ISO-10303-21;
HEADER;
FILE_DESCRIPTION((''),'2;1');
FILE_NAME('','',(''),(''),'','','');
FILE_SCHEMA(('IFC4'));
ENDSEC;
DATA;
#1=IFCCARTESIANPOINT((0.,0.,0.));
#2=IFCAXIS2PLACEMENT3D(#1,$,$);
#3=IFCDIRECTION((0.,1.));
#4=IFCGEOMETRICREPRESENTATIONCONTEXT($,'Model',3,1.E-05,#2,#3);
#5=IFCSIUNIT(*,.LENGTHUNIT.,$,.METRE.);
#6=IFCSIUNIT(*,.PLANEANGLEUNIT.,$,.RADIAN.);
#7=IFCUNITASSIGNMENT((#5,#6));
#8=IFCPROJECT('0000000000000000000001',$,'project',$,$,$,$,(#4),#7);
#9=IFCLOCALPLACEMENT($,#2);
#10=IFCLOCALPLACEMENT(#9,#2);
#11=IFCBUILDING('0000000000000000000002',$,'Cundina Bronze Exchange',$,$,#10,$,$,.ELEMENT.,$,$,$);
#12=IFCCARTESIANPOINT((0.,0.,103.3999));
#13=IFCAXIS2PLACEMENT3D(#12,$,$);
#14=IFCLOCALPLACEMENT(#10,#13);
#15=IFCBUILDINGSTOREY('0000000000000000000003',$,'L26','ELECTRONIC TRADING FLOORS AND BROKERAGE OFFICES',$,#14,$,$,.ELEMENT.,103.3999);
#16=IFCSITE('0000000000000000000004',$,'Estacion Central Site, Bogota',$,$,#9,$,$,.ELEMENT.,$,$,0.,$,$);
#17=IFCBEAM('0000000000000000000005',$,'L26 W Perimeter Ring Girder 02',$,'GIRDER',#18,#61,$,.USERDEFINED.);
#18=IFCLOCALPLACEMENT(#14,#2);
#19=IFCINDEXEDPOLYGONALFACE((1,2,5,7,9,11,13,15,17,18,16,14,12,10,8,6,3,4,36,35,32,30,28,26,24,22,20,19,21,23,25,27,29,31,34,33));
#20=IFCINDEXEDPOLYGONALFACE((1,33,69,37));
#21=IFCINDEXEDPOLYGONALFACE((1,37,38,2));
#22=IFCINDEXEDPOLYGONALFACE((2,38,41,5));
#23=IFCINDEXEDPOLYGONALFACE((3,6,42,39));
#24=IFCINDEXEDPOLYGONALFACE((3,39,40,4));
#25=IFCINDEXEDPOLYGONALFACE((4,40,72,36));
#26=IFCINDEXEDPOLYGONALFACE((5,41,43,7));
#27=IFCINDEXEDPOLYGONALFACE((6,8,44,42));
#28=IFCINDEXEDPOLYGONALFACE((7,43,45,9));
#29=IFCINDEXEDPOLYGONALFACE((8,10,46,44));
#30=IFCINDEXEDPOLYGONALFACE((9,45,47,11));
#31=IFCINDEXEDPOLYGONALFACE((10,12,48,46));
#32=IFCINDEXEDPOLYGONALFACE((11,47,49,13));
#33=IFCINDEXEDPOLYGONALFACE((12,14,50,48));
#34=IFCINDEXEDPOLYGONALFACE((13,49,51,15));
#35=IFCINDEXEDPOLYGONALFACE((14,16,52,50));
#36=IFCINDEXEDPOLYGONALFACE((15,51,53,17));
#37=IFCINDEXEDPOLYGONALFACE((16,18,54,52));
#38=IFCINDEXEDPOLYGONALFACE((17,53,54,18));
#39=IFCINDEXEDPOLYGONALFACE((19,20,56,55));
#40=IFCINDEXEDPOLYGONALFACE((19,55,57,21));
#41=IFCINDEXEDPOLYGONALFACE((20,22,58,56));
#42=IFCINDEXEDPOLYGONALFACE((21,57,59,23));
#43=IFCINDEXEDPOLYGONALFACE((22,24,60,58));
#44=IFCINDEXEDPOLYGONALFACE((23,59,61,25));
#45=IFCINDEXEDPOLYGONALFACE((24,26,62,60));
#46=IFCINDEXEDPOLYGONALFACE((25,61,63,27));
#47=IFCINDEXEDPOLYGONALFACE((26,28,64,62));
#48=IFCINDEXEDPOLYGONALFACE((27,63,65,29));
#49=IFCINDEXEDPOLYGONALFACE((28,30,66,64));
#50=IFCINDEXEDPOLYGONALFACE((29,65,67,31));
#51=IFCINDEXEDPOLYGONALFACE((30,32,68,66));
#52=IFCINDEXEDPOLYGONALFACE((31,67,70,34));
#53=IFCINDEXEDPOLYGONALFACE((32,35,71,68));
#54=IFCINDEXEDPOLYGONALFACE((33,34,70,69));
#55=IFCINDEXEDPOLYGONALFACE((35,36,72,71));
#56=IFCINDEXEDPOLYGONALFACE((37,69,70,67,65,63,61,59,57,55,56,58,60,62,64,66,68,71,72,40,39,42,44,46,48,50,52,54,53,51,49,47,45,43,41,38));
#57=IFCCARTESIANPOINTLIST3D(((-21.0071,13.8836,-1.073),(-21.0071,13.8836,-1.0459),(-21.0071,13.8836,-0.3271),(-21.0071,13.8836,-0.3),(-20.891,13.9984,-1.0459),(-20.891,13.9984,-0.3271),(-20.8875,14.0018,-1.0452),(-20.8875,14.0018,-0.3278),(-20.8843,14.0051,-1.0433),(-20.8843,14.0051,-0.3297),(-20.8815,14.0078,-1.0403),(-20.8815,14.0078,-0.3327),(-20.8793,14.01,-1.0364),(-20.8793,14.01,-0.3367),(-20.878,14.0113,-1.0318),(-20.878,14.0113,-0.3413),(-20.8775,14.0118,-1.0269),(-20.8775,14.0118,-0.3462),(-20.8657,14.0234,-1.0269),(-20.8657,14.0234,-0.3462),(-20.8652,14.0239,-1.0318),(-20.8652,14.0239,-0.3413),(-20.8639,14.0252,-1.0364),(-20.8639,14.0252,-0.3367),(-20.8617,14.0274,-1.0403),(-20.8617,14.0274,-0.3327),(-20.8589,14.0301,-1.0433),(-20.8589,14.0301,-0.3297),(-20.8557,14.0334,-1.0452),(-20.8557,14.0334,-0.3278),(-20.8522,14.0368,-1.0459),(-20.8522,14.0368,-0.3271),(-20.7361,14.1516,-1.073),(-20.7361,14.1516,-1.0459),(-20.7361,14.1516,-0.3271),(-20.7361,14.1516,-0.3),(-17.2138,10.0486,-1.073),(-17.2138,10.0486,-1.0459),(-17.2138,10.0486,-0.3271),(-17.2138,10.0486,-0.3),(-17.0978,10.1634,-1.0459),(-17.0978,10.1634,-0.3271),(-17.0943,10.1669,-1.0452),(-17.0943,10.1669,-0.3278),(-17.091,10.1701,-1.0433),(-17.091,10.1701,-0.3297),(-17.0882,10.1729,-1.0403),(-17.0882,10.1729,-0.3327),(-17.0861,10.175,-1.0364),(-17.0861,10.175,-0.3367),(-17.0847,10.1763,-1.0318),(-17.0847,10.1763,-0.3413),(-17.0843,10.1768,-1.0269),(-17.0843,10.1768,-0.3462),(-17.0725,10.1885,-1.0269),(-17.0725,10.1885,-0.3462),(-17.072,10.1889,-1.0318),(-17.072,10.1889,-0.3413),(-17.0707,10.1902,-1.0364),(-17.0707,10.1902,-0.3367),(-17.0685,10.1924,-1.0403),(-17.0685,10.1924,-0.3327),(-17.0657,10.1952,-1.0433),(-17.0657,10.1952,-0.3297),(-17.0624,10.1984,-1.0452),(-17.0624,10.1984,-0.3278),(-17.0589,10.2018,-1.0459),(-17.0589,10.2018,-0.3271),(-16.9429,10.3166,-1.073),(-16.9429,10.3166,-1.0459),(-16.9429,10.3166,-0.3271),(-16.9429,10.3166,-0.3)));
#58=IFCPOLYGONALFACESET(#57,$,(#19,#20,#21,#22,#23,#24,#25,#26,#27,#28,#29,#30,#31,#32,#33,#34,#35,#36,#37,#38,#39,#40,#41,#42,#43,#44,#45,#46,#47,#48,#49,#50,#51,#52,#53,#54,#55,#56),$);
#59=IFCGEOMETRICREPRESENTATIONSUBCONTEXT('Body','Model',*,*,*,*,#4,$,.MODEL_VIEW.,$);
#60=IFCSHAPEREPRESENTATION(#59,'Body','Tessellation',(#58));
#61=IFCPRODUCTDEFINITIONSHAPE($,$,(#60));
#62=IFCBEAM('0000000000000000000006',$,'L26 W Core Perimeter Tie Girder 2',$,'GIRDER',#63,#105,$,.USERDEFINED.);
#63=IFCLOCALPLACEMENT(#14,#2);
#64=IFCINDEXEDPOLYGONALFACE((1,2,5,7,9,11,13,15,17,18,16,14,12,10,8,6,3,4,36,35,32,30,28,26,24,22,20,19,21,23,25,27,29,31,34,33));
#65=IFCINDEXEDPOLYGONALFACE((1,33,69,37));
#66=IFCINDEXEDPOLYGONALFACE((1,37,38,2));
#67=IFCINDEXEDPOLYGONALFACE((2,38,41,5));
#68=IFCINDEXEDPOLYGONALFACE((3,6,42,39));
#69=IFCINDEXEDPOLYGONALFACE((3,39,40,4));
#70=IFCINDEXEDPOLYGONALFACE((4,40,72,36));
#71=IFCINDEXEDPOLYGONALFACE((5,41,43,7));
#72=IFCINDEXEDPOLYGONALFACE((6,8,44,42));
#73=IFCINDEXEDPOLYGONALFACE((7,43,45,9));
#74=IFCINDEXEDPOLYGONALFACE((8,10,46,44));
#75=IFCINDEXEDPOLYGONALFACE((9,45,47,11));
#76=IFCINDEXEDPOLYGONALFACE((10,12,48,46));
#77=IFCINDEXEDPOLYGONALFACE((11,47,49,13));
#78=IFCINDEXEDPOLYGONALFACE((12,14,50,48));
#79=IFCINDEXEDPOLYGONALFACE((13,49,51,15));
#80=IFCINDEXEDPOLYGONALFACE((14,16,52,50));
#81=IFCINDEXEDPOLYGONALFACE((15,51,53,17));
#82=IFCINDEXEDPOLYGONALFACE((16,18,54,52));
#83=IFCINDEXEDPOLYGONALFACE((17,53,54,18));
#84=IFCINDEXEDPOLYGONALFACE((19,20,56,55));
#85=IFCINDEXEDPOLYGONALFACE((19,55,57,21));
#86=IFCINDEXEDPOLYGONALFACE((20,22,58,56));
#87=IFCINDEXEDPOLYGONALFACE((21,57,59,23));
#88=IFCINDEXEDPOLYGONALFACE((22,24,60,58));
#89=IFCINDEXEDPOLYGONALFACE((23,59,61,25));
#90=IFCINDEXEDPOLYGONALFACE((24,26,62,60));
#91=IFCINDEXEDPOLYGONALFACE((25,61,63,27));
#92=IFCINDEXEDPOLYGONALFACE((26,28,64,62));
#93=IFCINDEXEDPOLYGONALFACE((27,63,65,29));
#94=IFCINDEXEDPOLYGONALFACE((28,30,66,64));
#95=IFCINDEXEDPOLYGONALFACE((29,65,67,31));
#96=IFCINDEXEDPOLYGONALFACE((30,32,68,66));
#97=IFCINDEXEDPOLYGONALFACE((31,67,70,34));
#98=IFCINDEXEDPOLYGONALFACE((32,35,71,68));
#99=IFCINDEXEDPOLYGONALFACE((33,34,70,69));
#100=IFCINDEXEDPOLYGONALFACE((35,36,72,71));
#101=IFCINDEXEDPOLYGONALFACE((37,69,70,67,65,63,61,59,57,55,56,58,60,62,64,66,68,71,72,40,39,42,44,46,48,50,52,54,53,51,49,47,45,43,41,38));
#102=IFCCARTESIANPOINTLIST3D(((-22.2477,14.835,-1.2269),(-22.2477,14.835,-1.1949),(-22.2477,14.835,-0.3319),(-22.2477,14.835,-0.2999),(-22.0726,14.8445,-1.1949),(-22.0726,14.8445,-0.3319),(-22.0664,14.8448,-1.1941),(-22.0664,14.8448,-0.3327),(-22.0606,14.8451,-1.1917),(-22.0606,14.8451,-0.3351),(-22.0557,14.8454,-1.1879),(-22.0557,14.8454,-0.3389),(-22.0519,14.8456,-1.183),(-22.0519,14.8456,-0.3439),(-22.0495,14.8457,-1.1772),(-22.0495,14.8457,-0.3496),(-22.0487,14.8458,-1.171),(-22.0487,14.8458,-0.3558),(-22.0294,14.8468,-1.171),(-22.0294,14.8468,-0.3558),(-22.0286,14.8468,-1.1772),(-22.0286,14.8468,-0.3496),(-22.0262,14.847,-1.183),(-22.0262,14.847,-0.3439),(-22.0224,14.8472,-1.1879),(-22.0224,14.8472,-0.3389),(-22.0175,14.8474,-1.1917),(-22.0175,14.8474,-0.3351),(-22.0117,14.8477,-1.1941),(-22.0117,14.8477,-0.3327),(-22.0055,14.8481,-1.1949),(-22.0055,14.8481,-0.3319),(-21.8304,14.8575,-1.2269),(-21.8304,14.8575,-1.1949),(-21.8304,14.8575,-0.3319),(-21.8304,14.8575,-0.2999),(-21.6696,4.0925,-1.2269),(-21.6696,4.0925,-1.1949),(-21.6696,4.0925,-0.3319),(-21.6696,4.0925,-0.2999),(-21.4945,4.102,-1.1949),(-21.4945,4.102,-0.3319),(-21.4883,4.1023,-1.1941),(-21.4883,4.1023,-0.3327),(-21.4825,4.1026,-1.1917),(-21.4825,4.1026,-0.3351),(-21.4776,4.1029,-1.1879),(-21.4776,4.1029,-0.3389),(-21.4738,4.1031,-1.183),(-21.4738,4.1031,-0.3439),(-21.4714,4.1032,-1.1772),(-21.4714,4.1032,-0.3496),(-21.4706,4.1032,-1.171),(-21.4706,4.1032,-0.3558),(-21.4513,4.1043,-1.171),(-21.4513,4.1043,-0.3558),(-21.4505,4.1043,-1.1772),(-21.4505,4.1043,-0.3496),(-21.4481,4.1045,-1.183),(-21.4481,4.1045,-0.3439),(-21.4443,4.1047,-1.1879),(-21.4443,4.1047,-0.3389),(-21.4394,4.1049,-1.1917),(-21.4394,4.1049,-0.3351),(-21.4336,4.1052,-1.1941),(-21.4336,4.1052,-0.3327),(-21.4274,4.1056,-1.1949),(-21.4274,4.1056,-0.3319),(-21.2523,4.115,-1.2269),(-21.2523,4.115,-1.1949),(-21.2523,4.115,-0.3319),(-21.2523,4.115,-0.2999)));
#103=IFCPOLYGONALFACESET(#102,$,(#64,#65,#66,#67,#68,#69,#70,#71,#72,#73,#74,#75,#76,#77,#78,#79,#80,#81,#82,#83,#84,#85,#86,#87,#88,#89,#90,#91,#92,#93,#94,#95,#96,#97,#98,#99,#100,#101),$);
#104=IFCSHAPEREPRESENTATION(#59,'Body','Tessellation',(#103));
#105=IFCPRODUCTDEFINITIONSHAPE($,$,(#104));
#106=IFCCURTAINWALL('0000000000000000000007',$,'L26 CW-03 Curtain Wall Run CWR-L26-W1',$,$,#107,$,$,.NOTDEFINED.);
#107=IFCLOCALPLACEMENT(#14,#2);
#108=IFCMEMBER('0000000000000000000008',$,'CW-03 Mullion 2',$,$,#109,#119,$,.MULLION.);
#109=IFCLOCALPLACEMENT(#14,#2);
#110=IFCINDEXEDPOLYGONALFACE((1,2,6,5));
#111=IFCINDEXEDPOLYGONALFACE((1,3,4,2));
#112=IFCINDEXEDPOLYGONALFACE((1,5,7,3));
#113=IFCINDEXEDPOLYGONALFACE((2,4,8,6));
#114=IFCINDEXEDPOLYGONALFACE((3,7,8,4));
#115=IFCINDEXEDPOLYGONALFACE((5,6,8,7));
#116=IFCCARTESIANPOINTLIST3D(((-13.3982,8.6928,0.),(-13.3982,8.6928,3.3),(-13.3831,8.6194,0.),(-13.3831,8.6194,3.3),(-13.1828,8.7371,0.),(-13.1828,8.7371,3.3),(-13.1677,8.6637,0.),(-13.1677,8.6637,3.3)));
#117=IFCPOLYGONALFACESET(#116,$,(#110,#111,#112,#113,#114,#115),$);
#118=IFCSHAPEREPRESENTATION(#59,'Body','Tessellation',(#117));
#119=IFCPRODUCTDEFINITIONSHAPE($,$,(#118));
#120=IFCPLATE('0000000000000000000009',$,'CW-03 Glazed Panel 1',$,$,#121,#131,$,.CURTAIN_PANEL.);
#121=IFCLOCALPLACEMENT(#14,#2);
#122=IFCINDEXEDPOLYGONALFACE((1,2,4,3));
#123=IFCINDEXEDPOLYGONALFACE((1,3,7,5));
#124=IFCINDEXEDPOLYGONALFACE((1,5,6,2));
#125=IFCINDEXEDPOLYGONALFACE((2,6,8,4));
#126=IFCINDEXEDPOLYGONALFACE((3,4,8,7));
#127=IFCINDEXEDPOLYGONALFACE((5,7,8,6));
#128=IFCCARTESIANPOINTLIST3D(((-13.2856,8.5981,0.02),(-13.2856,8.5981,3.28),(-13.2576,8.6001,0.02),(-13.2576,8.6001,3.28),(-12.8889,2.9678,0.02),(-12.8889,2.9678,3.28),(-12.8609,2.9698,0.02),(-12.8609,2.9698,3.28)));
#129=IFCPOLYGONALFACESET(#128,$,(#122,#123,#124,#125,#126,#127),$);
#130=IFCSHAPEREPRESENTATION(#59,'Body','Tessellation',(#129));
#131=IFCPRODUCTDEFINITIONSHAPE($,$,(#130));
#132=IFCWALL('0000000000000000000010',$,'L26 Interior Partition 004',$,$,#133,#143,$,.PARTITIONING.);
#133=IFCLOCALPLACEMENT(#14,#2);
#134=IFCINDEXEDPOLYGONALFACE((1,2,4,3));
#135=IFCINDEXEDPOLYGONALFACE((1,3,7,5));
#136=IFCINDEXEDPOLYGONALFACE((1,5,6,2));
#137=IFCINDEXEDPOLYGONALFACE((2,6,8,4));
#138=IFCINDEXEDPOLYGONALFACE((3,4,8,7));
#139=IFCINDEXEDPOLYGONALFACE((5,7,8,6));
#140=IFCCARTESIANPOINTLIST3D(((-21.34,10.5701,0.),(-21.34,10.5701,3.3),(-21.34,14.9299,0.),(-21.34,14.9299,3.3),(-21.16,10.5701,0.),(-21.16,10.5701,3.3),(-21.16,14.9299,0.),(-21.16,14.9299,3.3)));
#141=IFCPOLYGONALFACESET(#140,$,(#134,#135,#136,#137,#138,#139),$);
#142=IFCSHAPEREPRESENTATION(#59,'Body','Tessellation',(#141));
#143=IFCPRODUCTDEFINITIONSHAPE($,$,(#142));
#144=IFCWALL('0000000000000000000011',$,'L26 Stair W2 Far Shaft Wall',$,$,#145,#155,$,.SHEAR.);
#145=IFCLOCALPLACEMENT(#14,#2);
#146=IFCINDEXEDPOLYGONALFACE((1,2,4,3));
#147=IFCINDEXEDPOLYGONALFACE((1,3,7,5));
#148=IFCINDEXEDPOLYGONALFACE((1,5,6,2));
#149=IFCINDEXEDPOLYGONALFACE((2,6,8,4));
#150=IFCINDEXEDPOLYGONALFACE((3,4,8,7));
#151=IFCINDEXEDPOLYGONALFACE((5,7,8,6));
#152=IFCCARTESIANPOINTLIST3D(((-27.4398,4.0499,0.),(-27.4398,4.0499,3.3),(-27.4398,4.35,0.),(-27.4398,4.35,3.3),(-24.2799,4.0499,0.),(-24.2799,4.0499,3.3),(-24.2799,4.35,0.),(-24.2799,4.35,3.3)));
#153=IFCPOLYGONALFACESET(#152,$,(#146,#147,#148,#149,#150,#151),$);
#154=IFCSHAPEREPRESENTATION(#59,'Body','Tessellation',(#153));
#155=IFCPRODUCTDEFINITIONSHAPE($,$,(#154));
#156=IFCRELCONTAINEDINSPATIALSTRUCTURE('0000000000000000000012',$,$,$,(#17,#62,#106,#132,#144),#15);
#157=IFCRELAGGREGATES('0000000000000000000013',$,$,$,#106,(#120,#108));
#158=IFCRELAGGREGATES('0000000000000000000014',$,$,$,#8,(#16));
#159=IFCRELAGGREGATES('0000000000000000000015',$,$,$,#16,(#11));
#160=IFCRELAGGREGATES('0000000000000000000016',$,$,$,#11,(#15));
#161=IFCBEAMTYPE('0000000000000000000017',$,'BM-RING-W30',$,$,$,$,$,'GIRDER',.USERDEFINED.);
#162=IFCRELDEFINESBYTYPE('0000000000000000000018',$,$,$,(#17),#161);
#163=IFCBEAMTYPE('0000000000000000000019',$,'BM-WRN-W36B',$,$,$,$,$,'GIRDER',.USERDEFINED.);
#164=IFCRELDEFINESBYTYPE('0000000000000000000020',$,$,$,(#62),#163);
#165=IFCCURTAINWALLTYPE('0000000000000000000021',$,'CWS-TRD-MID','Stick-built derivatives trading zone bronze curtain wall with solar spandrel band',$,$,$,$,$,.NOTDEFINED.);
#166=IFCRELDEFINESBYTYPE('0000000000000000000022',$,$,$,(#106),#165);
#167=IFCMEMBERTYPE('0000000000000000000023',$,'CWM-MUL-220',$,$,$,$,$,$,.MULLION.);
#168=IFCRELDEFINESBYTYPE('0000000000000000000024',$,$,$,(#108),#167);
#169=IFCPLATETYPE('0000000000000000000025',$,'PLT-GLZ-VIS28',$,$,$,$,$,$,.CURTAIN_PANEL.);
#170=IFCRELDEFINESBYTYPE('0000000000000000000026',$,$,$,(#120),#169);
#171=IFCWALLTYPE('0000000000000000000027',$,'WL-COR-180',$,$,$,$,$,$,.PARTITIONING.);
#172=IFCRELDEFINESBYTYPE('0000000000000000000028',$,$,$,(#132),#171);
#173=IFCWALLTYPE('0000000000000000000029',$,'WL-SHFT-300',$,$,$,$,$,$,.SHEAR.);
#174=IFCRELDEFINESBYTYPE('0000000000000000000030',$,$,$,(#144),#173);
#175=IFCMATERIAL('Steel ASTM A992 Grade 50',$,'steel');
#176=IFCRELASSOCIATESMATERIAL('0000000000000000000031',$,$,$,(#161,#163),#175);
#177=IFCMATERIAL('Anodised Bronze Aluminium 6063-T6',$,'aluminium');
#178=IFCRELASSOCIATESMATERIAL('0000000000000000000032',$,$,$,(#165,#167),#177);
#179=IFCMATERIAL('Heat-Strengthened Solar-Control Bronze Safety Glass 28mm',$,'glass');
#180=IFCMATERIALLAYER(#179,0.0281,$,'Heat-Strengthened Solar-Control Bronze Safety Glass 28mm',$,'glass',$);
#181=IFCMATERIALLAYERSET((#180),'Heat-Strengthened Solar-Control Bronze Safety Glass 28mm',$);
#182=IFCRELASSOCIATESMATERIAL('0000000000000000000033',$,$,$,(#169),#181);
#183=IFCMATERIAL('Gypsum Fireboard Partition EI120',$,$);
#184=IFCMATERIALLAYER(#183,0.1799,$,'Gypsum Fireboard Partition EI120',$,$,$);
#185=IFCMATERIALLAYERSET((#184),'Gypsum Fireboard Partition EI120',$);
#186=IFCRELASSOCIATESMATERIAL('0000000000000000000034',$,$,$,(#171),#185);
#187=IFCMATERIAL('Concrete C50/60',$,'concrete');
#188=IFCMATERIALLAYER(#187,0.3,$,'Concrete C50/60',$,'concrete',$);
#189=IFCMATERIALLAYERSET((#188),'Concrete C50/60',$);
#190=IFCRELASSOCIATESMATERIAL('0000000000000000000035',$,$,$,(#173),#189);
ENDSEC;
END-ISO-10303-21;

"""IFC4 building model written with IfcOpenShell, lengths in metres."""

from ifc_helpers import new_model, si_unit, direction, frame, frame_2d, origin, origin_2d, place, context, subcontext, project, spatial, rectangle, i_section, extrude, material, layer, layer_set, material_profile, profile_set, type_object, element, aggregate, save


model = new_model("IFC4")

# Units and contexts
model_context = context("Model", 3, precision=1e-05, world=origin(), true_north=direction((0.0, 1.0)))
body_context = subcontext(model_context, "Body", "Model", "MODEL_VIEW")
ifc_project = project(units=[si_unit("LENGTHUNIT", "METRE"), si_unit("PLANEANGLEUNIT", "RADIAN")], contexts=[model_context])

# Site, building, storey
site_placement = place(None, origin())
site = spatial("IfcSite", under=ifc_project, at=site_placement, Name="Estacion Central Site, Bogota", CompositionType="ELEMENT", RefElevation=0.0)
building_placement = place(site_placement, origin())
building = spatial("IfcBuilding", under=site, at=building_placement, Name="Cundina Bronze Exchange", CompositionType="ELEMENT")
storey_placement = place(building_placement, frame((0.0, 0.0, 103.3999)))
storey = spatial("IfcBuildingStorey", under=building, at=storey_placement, Name="L26", Description="ELECTRONIC TRADING FLOORS AND BROKERAGE OFFICES", CompositionType="ELEMENT", Elevation=103.3999)

# Beams
ifc_material_1 = material(Name="Steel ASTM A992 Grade 50", Category="steel")
ifc_material_profile_1 = material_profile(ifc_material_1, i_section(OverallWidth=0.3811, OverallDepth=0.7729, WebThickness=0.0166, FlangeThickness=0.0271, FilletRadius=0.019, at=origin_2d()), Name="W30X173", Category="steel")
ifc_profile_set_1 = profile_set([ifc_material_profile_1], Name="Steel ASTM A992 Grade 50")
beam_type_1 = type_object("IfcBeamType", Name="BM-RING-W30", ElementType="GIRDER", PredefinedType="USERDEFINED", material=ifc_profile_set_1)
beam_1_placement = place(storey_placement, frame((-17.0784, 10.1826, -0.6865), z_axis=(-0.703226, 0.710966, 0.0), x_axis=(-0.710966, -0.703226, 0.0)))
element("IfcBeam", 1, at=beam_1_placement, inside=storey, type_object=beam_type_1, Name="L26 W Perimeter Ring Girder 02", ObjectType="GIRDER", PredefinedType="USERDEFINED", context=body_context, shape_type="SweptSolid", body=[
    extrude(i_section(OverallWidth=0.3811, OverallDepth=0.7729, WebThickness=0.0166, FlangeThickness=0.0271, FilletRadius=0.019, at=origin_2d()), origin(), (0.0, 0.0, 1.0), 5.394),
])
ifc_material_profile_2 = material_profile(ifc_material_1, i_section(OverallWidth=0.418, OverallDepth=0.927, WebThickness=0.0193, FlangeThickness=0.032, FilletRadius=0.0239, at=origin_2d()), Name="W36X231", Category="steel")
ifc_profile_set_2 = profile_set([ifc_material_profile_2], Name="Steel ASTM A992 Grade 50")
beam_type_2 = type_object("IfcBeamType", Name="BM-WRN-W36B", ElementType="GIRDER", PredefinedType="USERDEFINED", material=ifc_profile_set_2)
beam_2_placement = place(storey_placement, frame((-21.4609, 4.1038, -0.7634), z_axis=(-0.053739, 0.998555, 0.0), x_axis=(-0.998555, -0.053739, 0.0)))
element("IfcBeam", 2, at=beam_2_placement, inside=storey, type_object=beam_type_2, Name="L26 W Core Perimeter Tie Girder 2", ObjectType="GIRDER", PredefinedType="USERDEFINED", context=body_context, shape_type="SweptSolid", body=[
    extrude(i_section(OverallWidth=0.418, OverallDepth=0.927, WebThickness=0.0193, FlangeThickness=0.032, FilletRadius=0.0239, at=origin_2d()), origin(), (0.0, 0.0, 1.0), 10.7581),
])

# Curtain wall, member, plate
ifc_material_2 = material(Name="Anodised Bronze Aluminium 6063-T6", Category="aluminium")
curtain_wall_type = type_object("IfcCurtainWallType", Name="CWS-TRD-MID", Description="Stick-built derivatives trading zone bronze curtain wall with solar spandrel band", PredefinedType="NOTDEFINED", material=ifc_material_2)
curtain_wall_placement = place(storey_placement, origin())
curtain_wall = element("IfcCurtainWall", 3, at=curtain_wall_placement, inside=storey, type_object=curtain_wall_type, Name="L26 CW-03 Curtain Wall Run CWR-L26-W1", PredefinedType="NOTDEFINED")
ifc_material_profile_3 = material_profile(ifc_material_2, rectangle(XDim=0.075, YDim=0.22, at=origin_2d()), Name="AL75X220", Category="aluminium")
ifc_profile_set_3 = profile_set([ifc_material_profile_3], Name="Anodised Bronze Aluminium 6063-T6")
member_type = type_object("IfcMemberType", Name="CWM-MUL-220", PredefinedType="MULLION", material=ifc_profile_set_3)
member_placement = place(storey_placement, frame((-13.283, 8.6782, 0.0), z_axis=(0.0, 0.0, 1.0), x_axis=(-0.20142, 0.979505, 0.0)))
member = element("IfcMember", 4, at=member_placement, type_object=member_type, Name="CW-03 Mullion 2", PredefinedType="MULLION", context=body_context, shape_type="SweptSolid", body=[
    extrude(rectangle(XDim=0.075, YDim=0.22, at=origin_2d()), origin(), (0.0, 0.0, 1.0), 3.3),
])
ifc_material_3 = material(Name="Heat-Strengthened Solar-Control Bronze Safety Glass 28mm", Category="glass")
ifc_layer_1 = layer(ifc_material_3, 0.0281, Name="Heat-Strengthened Solar-Control Bronze Safety Glass 28mm", Category="glass")
ifc_layer_set_1 = layer_set([ifc_layer_1], Name="Heat-Strengthened Solar-Control Bronze Safety Glass 28mm")
plate_type = type_object("IfcPlateType", Name="PLT-GLZ-VIS28", PredefinedType="CURTAIN_PANEL", material=ifc_layer_set_1)
plate_placement = place(storey_placement, frame((-13.0732, 5.7839, 0.02), z_axis=(0.0, 0.0, 1.0), x_axis=(-0.070279, 0.997527, 0.0)))
plate = element("IfcPlate", 5, at=plate_placement, type_object=plate_type, Name="CW-03 Glazed Panel 1", PredefinedType="CURTAIN_PANEL", context=body_context, shape_type="SweptSolid", body=[
    extrude(rectangle(XDim=5.6443, YDim=0.0281, at=origin_2d()), origin(), (0.0, 0.0, 1.0), 3.26),
])
aggregate(curtain_wall, [plate, member])

# Walls
ifc_material_4 = material(Name="Gypsum Fireboard Partition EI120")
ifc_layer_2 = layer(ifc_material_4, 0.1799, Name="Gypsum Fireboard Partition EI120")
ifc_layer_set_2 = layer_set([ifc_layer_2], Name="Gypsum Fireboard Partition EI120")
wall_type_1 = type_object("IfcWallType", Name="WL-COR-180", PredefinedType="PARTITIONING", material=ifc_layer_set_2)
wall_1_placement = place(storey_placement, frame((-21.25, 10.5701, 0.0), z_axis=(0.0, 0.0, 1.0), x_axis=(0.0, 1.0, 0.0)))
element("IfcWall", 6, at=wall_1_placement, inside=storey, type_object=wall_type_1, Name="L26 Interior Partition 004", PredefinedType="PARTITIONING", context=body_context, shape_type="SweptSolid", body=[
    extrude(rectangle(XDim=4.3599, YDim=0.1799, at=frame_2d((2.1799, 0.0))), origin(), (0.0, 0.0, 1.0), 3.3),
])
ifc_material_5 = material(Name="Concrete C50/60", Category="concrete")
ifc_layer_3 = layer(ifc_material_5, 0.3, Name="Concrete C50/60", Category="concrete")
ifc_layer_set_3 = layer_set([ifc_layer_3], Name="Concrete C50/60")
wall_type_2 = type_object("IfcWallType", Name="WL-SHFT-300", PredefinedType="SHEAR", material=ifc_layer_set_3)
wall_2_placement = place(storey_placement, frame((-27.4399, 4.2, 0.0), z_axis=(0.0, 0.0, 1.0), x_axis=(1.0, 0.0, 0.0)))
element("IfcWall", 7, at=wall_2_placement, inside=storey, type_object=wall_type_2, Name="L26 Stair W2 Far Shaft Wall", PredefinedType="SHEAR", context=body_context, shape_type="SweptSolid", body=[
    extrude(rectangle(XDim=3.1599, YDim=0.3, at=frame_2d((1.5801, 0.0))), origin(), (0.0, 0.0, 1.0), 3.3),
])

save(model, "model.ifc")
